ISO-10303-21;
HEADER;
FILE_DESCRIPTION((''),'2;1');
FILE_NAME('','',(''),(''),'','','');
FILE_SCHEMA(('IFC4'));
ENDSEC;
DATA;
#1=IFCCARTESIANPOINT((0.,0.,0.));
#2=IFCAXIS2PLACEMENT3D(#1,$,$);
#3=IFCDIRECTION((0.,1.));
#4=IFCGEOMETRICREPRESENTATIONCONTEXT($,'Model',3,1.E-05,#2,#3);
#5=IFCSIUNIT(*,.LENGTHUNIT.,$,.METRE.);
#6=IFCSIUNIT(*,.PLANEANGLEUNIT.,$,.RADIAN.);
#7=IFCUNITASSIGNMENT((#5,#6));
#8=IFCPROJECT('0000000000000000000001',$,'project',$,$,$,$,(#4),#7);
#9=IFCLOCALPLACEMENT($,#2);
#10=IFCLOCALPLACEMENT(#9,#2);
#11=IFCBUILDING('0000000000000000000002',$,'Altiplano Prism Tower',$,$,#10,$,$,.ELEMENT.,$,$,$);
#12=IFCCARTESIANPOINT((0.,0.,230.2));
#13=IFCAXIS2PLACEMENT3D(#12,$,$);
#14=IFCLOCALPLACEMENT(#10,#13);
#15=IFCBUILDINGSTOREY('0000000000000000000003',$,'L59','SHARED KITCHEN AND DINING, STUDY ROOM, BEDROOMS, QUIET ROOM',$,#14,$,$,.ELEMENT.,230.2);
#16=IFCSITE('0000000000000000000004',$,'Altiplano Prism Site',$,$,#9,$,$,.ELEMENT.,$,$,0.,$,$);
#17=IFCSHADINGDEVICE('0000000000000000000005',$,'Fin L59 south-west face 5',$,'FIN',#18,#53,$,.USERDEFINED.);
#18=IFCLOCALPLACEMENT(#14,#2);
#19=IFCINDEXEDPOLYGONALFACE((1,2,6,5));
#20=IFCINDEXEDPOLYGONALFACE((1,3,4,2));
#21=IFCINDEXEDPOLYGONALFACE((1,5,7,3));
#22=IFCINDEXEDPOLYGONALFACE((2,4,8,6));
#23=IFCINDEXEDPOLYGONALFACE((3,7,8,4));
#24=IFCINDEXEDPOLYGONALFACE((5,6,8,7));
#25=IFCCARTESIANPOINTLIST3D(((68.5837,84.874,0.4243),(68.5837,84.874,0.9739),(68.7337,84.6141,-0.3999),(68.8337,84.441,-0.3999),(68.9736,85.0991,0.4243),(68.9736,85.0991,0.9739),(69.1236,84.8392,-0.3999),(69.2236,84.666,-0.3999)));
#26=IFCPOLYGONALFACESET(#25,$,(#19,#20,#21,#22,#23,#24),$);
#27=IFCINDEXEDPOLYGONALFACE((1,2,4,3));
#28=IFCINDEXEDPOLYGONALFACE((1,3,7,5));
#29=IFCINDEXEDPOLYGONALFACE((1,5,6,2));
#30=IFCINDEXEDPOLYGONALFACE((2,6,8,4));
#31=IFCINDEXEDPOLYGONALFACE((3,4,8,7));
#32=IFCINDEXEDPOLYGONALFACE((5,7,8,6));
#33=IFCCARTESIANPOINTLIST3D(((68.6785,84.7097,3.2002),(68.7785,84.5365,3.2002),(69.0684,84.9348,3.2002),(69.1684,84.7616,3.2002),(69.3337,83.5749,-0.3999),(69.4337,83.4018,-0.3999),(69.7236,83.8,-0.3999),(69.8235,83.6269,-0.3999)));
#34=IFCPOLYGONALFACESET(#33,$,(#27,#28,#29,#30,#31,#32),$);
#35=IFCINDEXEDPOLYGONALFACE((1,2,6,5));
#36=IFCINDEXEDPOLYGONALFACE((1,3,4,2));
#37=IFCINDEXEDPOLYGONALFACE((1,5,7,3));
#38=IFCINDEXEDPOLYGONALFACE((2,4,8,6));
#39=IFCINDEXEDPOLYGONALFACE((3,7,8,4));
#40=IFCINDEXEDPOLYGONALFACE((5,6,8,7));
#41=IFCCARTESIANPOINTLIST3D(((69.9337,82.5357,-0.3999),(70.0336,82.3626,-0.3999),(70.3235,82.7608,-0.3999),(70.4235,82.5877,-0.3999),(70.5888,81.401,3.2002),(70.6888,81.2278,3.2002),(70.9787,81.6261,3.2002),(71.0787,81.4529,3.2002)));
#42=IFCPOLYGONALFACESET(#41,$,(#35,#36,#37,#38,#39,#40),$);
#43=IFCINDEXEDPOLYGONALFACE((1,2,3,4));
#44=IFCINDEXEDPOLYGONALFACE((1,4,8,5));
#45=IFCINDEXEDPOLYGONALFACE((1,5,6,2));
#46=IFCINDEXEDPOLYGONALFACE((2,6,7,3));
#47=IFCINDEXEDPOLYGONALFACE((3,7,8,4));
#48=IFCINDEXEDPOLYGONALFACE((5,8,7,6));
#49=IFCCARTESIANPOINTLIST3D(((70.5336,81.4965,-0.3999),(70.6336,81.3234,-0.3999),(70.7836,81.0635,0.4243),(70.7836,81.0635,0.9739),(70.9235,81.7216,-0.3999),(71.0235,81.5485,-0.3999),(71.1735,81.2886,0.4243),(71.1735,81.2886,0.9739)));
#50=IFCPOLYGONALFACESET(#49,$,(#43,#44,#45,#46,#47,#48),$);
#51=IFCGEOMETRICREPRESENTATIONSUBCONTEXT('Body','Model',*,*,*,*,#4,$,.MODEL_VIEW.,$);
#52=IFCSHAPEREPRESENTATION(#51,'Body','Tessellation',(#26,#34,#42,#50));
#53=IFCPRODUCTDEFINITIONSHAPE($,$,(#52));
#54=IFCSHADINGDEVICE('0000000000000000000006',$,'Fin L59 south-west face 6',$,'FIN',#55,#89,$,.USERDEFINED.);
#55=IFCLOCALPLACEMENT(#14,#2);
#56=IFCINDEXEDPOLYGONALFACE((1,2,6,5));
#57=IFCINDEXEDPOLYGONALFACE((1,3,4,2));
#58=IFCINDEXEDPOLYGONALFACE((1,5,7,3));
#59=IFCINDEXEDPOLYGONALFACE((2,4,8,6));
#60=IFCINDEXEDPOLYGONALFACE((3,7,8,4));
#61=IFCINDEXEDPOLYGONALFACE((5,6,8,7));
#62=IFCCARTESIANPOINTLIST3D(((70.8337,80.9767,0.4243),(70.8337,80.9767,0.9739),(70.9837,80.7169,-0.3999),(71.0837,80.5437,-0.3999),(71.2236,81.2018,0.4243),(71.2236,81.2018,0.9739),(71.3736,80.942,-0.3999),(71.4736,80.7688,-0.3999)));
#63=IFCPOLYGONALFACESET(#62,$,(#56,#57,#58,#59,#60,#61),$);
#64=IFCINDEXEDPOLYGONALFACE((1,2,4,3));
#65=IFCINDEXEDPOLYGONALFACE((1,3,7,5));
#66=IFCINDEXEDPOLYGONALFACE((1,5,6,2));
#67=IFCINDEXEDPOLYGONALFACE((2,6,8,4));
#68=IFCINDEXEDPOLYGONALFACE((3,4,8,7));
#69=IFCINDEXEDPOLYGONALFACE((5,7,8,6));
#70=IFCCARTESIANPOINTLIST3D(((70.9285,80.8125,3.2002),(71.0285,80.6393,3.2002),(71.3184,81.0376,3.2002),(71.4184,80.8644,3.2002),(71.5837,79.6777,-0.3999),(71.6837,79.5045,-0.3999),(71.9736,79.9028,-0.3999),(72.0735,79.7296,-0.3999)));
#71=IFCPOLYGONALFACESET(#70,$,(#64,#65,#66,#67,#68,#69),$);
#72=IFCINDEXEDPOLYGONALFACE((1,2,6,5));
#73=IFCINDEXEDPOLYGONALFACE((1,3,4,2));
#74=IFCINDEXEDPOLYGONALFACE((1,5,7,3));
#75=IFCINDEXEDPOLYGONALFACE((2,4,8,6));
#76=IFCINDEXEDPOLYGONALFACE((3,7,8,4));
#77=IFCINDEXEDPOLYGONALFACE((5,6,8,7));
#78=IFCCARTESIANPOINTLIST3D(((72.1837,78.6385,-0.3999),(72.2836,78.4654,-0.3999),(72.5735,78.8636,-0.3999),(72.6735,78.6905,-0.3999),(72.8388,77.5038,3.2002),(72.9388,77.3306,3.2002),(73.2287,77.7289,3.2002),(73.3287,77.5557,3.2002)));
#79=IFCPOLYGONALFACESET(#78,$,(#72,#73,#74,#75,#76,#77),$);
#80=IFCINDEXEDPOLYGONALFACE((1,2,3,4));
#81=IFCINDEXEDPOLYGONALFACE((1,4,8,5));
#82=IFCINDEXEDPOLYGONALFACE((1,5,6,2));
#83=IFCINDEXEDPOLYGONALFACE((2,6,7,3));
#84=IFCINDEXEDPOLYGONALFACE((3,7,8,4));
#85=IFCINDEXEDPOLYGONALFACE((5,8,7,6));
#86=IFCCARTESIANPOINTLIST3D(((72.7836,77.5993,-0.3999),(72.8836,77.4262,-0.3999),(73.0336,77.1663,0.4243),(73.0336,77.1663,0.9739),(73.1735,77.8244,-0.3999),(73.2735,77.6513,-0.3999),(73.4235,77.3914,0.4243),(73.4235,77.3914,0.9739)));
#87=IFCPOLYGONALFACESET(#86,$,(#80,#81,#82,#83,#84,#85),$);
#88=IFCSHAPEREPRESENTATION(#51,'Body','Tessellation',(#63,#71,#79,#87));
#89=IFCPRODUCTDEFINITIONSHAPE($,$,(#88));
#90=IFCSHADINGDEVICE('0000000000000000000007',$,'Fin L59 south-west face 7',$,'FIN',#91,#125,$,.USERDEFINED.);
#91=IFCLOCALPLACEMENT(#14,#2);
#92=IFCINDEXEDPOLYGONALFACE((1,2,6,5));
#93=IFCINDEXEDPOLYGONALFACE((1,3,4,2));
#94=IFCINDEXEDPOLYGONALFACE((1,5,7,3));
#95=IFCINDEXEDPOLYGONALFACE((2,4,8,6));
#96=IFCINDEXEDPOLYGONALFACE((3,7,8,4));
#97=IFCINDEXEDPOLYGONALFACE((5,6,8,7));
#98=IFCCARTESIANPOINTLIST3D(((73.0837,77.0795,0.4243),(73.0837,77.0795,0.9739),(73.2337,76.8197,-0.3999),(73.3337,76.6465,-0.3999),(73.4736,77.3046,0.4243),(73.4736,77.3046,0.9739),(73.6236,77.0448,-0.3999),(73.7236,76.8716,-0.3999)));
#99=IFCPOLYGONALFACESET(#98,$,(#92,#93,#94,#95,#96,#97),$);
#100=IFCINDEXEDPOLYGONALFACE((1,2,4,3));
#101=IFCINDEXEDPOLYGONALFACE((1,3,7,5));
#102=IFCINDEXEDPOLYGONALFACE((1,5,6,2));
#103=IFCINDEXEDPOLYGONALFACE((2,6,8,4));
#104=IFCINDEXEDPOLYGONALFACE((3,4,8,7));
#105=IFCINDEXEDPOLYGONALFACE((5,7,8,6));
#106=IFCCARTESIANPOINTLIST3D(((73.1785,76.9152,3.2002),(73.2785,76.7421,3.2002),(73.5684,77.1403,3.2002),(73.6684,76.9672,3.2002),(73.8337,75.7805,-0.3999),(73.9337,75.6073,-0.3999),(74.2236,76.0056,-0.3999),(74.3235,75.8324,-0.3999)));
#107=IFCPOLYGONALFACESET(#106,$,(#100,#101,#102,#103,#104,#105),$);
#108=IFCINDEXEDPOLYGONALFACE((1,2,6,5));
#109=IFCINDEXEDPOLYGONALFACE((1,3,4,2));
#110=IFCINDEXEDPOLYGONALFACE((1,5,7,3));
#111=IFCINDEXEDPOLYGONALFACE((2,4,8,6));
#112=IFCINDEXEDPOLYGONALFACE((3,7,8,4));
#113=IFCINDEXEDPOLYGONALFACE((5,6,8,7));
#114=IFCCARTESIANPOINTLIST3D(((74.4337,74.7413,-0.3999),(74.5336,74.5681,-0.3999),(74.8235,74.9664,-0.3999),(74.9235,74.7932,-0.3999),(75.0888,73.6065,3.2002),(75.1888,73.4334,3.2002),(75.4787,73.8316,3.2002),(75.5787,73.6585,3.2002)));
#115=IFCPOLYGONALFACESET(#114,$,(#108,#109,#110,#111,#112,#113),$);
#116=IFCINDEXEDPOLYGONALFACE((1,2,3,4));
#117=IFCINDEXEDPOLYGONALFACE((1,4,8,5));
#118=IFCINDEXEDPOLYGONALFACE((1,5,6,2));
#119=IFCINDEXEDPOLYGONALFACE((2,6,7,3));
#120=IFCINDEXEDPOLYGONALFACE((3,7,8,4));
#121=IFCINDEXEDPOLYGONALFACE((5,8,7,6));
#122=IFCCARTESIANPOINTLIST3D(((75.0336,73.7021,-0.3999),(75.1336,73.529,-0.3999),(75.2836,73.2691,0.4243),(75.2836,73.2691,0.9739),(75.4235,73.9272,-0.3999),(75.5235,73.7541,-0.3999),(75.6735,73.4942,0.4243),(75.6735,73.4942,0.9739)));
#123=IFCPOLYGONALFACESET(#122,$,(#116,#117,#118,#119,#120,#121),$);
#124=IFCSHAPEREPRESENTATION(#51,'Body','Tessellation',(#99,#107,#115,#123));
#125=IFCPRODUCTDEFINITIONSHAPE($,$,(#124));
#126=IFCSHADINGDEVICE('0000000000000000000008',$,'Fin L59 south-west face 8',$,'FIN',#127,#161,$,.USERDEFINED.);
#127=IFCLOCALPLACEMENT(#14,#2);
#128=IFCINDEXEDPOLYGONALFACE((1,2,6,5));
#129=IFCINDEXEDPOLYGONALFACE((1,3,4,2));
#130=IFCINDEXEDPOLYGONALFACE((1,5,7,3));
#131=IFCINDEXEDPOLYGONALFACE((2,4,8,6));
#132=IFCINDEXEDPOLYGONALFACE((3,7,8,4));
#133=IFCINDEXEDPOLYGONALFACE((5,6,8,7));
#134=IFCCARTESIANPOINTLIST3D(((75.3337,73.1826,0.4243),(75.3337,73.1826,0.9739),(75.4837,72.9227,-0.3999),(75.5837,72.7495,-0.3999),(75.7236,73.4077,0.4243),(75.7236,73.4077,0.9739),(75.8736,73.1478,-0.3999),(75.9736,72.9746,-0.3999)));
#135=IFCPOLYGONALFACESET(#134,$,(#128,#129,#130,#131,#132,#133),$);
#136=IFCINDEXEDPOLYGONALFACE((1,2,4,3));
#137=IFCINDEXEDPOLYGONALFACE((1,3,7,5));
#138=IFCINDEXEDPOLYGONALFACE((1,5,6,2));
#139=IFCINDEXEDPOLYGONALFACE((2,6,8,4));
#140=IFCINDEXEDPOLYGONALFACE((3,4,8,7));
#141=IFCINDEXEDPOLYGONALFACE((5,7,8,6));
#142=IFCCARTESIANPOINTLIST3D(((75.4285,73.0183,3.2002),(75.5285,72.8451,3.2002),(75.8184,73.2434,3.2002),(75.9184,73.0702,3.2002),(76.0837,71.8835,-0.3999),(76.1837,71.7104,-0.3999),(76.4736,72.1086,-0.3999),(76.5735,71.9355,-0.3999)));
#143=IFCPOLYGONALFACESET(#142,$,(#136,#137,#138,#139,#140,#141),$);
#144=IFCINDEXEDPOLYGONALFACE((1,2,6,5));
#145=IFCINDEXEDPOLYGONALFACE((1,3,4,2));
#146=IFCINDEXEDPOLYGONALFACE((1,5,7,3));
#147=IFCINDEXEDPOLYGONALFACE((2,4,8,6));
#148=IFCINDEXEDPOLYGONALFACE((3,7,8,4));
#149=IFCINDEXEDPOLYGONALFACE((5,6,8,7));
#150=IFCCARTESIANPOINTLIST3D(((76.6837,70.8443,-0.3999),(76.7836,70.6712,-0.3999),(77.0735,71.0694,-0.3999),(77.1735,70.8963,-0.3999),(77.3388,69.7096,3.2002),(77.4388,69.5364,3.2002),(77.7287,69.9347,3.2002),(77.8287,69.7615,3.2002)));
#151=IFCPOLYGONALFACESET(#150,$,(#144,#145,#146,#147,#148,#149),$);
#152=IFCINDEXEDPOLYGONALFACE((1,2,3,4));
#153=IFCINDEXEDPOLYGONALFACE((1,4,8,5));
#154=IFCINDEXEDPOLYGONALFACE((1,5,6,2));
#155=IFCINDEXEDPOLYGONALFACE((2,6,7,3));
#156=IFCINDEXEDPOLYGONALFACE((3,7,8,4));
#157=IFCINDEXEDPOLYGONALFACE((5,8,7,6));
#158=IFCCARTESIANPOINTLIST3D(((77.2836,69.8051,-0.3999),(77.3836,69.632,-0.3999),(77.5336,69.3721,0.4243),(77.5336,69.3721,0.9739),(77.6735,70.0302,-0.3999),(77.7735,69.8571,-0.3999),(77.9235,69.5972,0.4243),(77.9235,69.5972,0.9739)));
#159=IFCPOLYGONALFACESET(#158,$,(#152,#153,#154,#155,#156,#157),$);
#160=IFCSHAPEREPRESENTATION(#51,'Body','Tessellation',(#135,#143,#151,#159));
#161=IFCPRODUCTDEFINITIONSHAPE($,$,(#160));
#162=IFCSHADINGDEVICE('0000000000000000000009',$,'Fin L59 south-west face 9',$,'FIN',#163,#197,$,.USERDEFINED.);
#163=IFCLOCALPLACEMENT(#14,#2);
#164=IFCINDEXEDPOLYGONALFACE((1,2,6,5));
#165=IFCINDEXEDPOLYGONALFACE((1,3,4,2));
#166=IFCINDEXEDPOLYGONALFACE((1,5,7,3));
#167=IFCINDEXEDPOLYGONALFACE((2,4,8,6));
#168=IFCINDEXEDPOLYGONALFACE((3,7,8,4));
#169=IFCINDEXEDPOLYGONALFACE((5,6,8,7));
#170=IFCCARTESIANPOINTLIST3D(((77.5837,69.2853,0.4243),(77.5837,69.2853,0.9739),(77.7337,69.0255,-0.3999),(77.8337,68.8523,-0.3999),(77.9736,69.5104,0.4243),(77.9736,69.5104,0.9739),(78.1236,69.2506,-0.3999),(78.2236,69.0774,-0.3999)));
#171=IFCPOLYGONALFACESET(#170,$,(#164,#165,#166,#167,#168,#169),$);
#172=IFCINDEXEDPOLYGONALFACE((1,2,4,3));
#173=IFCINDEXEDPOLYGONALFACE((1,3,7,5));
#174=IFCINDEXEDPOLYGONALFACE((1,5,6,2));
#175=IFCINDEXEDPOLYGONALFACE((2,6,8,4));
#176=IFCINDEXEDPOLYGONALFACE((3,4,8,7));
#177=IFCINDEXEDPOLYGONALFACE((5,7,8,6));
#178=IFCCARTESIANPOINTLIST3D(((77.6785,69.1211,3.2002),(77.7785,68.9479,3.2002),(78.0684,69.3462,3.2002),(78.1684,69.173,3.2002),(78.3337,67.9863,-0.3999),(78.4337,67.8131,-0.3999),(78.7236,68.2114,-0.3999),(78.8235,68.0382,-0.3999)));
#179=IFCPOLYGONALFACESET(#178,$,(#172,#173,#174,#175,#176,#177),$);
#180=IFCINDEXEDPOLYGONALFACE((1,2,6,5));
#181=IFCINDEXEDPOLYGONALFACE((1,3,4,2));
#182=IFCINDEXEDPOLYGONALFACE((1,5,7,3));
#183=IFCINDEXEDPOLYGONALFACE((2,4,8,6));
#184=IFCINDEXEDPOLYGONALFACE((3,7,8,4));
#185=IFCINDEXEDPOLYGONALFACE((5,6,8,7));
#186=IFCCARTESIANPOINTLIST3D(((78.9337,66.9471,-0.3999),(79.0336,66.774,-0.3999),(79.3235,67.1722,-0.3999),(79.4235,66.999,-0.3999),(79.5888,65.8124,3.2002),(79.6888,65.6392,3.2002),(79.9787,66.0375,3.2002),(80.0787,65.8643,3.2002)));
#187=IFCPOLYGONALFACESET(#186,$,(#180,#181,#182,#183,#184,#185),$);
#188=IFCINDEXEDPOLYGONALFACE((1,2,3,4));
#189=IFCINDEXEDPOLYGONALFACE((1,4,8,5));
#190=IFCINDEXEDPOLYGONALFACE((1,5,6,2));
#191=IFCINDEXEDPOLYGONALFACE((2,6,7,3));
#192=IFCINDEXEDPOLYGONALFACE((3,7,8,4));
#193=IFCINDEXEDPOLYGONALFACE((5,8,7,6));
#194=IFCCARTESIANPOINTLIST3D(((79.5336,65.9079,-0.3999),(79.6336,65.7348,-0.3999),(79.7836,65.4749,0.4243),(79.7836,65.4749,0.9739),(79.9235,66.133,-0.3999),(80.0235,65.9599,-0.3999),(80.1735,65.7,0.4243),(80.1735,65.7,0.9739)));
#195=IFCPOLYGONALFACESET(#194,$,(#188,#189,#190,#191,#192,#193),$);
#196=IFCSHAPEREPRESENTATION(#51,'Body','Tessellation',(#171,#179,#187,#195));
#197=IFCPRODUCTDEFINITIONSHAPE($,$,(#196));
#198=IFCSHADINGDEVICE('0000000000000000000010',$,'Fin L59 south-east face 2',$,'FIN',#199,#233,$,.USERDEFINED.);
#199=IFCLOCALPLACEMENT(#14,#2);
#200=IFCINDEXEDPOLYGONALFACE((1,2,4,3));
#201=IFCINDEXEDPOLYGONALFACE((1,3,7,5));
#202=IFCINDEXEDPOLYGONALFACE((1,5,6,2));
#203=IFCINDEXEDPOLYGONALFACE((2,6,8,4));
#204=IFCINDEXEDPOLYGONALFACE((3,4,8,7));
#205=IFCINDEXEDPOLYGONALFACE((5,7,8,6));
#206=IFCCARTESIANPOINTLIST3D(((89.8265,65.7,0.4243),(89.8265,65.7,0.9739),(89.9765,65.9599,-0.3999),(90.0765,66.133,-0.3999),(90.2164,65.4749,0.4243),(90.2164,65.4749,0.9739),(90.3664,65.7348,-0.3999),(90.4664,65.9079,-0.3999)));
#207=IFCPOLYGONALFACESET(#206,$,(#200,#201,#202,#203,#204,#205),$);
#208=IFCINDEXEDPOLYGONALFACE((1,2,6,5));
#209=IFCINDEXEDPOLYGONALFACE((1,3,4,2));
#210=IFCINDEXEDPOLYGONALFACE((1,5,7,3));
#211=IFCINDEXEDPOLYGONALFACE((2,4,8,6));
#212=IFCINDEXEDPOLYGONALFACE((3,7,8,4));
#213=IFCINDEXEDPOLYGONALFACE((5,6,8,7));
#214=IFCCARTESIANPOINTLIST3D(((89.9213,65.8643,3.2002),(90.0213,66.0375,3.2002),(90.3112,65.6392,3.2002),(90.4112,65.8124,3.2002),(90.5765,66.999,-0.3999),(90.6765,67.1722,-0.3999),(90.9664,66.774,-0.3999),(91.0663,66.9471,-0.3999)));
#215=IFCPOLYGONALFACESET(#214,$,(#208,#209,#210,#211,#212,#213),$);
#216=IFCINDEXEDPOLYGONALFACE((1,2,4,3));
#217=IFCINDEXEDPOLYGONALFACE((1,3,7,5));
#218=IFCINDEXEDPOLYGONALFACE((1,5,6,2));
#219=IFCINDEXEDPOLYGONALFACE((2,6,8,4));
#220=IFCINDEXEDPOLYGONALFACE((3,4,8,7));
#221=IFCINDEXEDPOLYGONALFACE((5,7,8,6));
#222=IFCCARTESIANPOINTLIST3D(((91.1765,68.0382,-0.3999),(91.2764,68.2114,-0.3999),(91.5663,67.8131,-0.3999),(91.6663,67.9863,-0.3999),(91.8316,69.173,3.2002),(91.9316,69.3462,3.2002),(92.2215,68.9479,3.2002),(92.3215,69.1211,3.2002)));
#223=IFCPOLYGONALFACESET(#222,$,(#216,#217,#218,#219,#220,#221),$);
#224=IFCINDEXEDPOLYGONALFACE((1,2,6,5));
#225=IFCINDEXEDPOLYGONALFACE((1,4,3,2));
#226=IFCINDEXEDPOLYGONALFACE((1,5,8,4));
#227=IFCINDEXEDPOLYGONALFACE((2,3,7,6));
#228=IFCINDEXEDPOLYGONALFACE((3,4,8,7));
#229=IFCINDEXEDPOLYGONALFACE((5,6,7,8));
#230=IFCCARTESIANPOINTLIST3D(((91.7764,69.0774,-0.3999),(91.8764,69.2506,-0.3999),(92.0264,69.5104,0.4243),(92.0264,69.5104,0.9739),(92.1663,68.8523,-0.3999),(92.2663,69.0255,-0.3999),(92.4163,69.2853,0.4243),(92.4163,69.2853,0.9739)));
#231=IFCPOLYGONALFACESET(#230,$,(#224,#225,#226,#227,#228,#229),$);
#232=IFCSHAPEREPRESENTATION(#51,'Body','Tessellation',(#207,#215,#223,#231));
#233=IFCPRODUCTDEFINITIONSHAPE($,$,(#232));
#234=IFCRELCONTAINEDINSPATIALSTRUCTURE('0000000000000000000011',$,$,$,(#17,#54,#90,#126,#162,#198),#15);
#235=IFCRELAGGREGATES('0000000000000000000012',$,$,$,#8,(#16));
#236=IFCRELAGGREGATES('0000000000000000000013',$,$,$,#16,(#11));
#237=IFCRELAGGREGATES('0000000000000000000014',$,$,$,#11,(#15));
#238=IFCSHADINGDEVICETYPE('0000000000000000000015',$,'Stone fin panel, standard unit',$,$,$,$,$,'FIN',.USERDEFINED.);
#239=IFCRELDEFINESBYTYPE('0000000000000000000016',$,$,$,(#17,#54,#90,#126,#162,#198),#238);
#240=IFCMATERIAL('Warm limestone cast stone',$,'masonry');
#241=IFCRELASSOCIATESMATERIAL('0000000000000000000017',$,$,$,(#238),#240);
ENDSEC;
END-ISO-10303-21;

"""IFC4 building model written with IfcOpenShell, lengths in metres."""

from ifc_helpers import new_model, si_unit, direction, frame, origin, place, context, subcontext, project, spatial, polyline, outline, extrude, source, transform, mapped, material, type_object, element, save


model = new_model("IFC4")

# Units and contexts
model_context = context("Model", 3, precision=1e-05, world=origin(), true_north=direction((0.0, 1.0)))
body_context = subcontext(model_context, "Body", "Model", "MODEL_VIEW")
ifc_project = project(units=[si_unit("LENGTHUNIT", "METRE"), si_unit("PLANEANGLEUNIT", "RADIAN")], contexts=[model_context])

# Site, building, storey
site_placement = place(None, origin())
site = spatial("IfcSite", under=ifc_project, at=site_placement, Name="Altiplano Prism Site", CompositionType="ELEMENT", RefElevation=0.0)
building_placement = place(site_placement, origin())
building = spatial("IfcBuilding", under=site, at=building_placement, Name="Altiplano Prism Tower", CompositionType="ELEMENT")
storey_placement = place(building_placement, frame((0.0, 0.0, 230.2)))
storey = spatial("IfcBuildingStorey", under=building, at=storey_placement, Name="L59", Description="SHARED KITCHEN AND DINING, STUDY ROOM, BEDROOMS, QUIET ROOM", CompositionType="ELEMENT", Elevation=230.2)

# Shading devices
ifc_material_1 = material(Name="Warm limestone cast stone", Category="masonry")
shading_device_type_1 = type_object("IfcShadingDeviceType", Name="Stone fin panel, standard unit", ElementType="FIN", PredefinedType="USERDEFINED", material=ifc_material_1)
shared_shape_1 = source(origin(), body_context, "Body", "SweptSolid", [
    extrude(outline(polyline([(-2.2, 1.3738), (-2.2, 0.8242), (-1.8999, 0.0), (-1.7, 0.0), (-2.2, 1.3738)])), frame((0.0, -0.1499, 0.0), z_axis=(0.0, -1.0, 0.0), x_axis=(1.0, 0.0, 0.0)), (0.0, 0.0, 1.0), 0.4502),
    extrude(outline(polyline([(-2.0103, 3.6001), (-0.7, 0.0), (-0.5, 0.0), (-1.8103, 3.6001), (-2.0103, 3.6001)])), frame((0.0, -0.1499, 0.0), z_axis=(0.0, -1.0, 0.0), x_axis=(1.0, 0.0, 0.0)), (0.0, 0.0, 1.0), 0.4502),
    extrude(outline(polyline([(1.8103, 3.6001), (0.5, 0.0), (0.7, 0.0), (2.0103, 3.6001), (1.8103, 3.6001)])), frame((0.0, -0.1499, 0.0), z_axis=(0.0, -1.0, 0.0), x_axis=(1.0, 0.0, 0.0)), (0.0, 0.0, 1.0), 0.4502),
    extrude(outline(polyline([(2.2, 0.8242), (2.2, 1.3738), (1.7, 0.0), (1.8999, 0.0), (2.2, 0.8242)])), frame((0.0, -0.1499, 0.0), z_axis=(0.0, -1.0, 0.0), x_axis=(1.0, 0.0, 0.0)), (0.0, 0.0, 1.0), 0.4502),
])
shading_device_1_placement = place(storey_placement, origin())
element("IfcShadingDevice", 1, at=shading_device_1_placement, inside=storey, type_object=shading_device_type_1, Name="Fin L59 south-west face 5", ObjectType="FIN", PredefinedType="USERDEFINED", context=body_context, shape_type="MappedRepresentation", body=[
    mapped(shared_shape_1, transform((70.2034, 83.2688, -0.3999), x_axis=(0.5, -0.866025, 0.0), y_axis=(0.866025, 0.5, 0.0), z_axis=(0.0, 0.0, 1.0))),
])
shading_device_2_placement = place(storey_placement, origin())
element("IfcShadingDevice", 2, at=shading_device_2_placement, inside=storey, type_object=shading_device_type_1, Name="Fin L59 south-west face 6", ObjectType="FIN", PredefinedType="USERDEFINED", context=body_context, shape_type="MappedRepresentation", body=[
    mapped(shared_shape_1, transform((72.4534, 79.3716, -0.3999), x_axis=(0.5, -0.866025, 0.0), y_axis=(0.866025, 0.5, 0.0), z_axis=(0.0, 0.0, 1.0))),
])
shading_device_3_placement = place(storey_placement, origin())
element("IfcShadingDevice", 3, at=shading_device_3_placement, inside=storey, type_object=shading_device_type_1, Name="Fin L59 south-west face 7", ObjectType="FIN", PredefinedType="USERDEFINED", context=body_context, shape_type="MappedRepresentation", body=[
    mapped(shared_shape_1, transform((74.7034, 75.4744, -0.3999), x_axis=(0.5, -0.866025, 0.0), y_axis=(0.866025, 0.5, 0.0), z_axis=(0.0, 0.0, 1.0))),
])
shading_device_4_placement = place(storey_placement, origin())
element("IfcShadingDevice", 4, at=shading_device_4_placement, inside=storey, type_object=shading_device_type_1, Name="Fin L59 south-west face 8", ObjectType="FIN", PredefinedType="USERDEFINED", context=body_context, shape_type="MappedRepresentation", body=[
    mapped(shared_shape_1, transform((76.9534, 71.5774, -0.3999), x_axis=(0.5, -0.866025, 0.0), y_axis=(0.866025, 0.5, 0.0), z_axis=(0.0, 0.0, 1.0))),
])
shading_device_5_placement = place(storey_placement, origin())
element("IfcShadingDevice", 5, at=shading_device_5_placement, inside=storey, type_object=shading_device_type_1, Name="Fin L59 south-west face 9", ObjectType="FIN", PredefinedType="USERDEFINED", context=body_context, shape_type="MappedRepresentation", body=[
    mapped(shared_shape_1, transform((79.2034, 67.6802, -0.3999), x_axis=(0.5, -0.866025, 0.0), y_axis=(0.866025, 0.5, 0.0), z_axis=(0.0, 0.0, 1.0))),
])
shading_device_6_placement = place(storey_placement, origin())
element("IfcShadingDevice", 6, at=shading_device_6_placement, inside=storey, type_object=shading_device_type_1, Name="Fin L59 south-east face 2", ObjectType="FIN", PredefinedType="USERDEFINED", context=body_context, shape_type="MappedRepresentation", body=[
    mapped(shared_shape_1, transform((90.7966, 67.6802, -0.3999), x_axis=(0.5, 0.866025, 0.0), y_axis=(-0.866025, 0.5, 0.0), z_axis=(0.0, 0.0, 1.0))),
])

save(model, "model.ifc")
